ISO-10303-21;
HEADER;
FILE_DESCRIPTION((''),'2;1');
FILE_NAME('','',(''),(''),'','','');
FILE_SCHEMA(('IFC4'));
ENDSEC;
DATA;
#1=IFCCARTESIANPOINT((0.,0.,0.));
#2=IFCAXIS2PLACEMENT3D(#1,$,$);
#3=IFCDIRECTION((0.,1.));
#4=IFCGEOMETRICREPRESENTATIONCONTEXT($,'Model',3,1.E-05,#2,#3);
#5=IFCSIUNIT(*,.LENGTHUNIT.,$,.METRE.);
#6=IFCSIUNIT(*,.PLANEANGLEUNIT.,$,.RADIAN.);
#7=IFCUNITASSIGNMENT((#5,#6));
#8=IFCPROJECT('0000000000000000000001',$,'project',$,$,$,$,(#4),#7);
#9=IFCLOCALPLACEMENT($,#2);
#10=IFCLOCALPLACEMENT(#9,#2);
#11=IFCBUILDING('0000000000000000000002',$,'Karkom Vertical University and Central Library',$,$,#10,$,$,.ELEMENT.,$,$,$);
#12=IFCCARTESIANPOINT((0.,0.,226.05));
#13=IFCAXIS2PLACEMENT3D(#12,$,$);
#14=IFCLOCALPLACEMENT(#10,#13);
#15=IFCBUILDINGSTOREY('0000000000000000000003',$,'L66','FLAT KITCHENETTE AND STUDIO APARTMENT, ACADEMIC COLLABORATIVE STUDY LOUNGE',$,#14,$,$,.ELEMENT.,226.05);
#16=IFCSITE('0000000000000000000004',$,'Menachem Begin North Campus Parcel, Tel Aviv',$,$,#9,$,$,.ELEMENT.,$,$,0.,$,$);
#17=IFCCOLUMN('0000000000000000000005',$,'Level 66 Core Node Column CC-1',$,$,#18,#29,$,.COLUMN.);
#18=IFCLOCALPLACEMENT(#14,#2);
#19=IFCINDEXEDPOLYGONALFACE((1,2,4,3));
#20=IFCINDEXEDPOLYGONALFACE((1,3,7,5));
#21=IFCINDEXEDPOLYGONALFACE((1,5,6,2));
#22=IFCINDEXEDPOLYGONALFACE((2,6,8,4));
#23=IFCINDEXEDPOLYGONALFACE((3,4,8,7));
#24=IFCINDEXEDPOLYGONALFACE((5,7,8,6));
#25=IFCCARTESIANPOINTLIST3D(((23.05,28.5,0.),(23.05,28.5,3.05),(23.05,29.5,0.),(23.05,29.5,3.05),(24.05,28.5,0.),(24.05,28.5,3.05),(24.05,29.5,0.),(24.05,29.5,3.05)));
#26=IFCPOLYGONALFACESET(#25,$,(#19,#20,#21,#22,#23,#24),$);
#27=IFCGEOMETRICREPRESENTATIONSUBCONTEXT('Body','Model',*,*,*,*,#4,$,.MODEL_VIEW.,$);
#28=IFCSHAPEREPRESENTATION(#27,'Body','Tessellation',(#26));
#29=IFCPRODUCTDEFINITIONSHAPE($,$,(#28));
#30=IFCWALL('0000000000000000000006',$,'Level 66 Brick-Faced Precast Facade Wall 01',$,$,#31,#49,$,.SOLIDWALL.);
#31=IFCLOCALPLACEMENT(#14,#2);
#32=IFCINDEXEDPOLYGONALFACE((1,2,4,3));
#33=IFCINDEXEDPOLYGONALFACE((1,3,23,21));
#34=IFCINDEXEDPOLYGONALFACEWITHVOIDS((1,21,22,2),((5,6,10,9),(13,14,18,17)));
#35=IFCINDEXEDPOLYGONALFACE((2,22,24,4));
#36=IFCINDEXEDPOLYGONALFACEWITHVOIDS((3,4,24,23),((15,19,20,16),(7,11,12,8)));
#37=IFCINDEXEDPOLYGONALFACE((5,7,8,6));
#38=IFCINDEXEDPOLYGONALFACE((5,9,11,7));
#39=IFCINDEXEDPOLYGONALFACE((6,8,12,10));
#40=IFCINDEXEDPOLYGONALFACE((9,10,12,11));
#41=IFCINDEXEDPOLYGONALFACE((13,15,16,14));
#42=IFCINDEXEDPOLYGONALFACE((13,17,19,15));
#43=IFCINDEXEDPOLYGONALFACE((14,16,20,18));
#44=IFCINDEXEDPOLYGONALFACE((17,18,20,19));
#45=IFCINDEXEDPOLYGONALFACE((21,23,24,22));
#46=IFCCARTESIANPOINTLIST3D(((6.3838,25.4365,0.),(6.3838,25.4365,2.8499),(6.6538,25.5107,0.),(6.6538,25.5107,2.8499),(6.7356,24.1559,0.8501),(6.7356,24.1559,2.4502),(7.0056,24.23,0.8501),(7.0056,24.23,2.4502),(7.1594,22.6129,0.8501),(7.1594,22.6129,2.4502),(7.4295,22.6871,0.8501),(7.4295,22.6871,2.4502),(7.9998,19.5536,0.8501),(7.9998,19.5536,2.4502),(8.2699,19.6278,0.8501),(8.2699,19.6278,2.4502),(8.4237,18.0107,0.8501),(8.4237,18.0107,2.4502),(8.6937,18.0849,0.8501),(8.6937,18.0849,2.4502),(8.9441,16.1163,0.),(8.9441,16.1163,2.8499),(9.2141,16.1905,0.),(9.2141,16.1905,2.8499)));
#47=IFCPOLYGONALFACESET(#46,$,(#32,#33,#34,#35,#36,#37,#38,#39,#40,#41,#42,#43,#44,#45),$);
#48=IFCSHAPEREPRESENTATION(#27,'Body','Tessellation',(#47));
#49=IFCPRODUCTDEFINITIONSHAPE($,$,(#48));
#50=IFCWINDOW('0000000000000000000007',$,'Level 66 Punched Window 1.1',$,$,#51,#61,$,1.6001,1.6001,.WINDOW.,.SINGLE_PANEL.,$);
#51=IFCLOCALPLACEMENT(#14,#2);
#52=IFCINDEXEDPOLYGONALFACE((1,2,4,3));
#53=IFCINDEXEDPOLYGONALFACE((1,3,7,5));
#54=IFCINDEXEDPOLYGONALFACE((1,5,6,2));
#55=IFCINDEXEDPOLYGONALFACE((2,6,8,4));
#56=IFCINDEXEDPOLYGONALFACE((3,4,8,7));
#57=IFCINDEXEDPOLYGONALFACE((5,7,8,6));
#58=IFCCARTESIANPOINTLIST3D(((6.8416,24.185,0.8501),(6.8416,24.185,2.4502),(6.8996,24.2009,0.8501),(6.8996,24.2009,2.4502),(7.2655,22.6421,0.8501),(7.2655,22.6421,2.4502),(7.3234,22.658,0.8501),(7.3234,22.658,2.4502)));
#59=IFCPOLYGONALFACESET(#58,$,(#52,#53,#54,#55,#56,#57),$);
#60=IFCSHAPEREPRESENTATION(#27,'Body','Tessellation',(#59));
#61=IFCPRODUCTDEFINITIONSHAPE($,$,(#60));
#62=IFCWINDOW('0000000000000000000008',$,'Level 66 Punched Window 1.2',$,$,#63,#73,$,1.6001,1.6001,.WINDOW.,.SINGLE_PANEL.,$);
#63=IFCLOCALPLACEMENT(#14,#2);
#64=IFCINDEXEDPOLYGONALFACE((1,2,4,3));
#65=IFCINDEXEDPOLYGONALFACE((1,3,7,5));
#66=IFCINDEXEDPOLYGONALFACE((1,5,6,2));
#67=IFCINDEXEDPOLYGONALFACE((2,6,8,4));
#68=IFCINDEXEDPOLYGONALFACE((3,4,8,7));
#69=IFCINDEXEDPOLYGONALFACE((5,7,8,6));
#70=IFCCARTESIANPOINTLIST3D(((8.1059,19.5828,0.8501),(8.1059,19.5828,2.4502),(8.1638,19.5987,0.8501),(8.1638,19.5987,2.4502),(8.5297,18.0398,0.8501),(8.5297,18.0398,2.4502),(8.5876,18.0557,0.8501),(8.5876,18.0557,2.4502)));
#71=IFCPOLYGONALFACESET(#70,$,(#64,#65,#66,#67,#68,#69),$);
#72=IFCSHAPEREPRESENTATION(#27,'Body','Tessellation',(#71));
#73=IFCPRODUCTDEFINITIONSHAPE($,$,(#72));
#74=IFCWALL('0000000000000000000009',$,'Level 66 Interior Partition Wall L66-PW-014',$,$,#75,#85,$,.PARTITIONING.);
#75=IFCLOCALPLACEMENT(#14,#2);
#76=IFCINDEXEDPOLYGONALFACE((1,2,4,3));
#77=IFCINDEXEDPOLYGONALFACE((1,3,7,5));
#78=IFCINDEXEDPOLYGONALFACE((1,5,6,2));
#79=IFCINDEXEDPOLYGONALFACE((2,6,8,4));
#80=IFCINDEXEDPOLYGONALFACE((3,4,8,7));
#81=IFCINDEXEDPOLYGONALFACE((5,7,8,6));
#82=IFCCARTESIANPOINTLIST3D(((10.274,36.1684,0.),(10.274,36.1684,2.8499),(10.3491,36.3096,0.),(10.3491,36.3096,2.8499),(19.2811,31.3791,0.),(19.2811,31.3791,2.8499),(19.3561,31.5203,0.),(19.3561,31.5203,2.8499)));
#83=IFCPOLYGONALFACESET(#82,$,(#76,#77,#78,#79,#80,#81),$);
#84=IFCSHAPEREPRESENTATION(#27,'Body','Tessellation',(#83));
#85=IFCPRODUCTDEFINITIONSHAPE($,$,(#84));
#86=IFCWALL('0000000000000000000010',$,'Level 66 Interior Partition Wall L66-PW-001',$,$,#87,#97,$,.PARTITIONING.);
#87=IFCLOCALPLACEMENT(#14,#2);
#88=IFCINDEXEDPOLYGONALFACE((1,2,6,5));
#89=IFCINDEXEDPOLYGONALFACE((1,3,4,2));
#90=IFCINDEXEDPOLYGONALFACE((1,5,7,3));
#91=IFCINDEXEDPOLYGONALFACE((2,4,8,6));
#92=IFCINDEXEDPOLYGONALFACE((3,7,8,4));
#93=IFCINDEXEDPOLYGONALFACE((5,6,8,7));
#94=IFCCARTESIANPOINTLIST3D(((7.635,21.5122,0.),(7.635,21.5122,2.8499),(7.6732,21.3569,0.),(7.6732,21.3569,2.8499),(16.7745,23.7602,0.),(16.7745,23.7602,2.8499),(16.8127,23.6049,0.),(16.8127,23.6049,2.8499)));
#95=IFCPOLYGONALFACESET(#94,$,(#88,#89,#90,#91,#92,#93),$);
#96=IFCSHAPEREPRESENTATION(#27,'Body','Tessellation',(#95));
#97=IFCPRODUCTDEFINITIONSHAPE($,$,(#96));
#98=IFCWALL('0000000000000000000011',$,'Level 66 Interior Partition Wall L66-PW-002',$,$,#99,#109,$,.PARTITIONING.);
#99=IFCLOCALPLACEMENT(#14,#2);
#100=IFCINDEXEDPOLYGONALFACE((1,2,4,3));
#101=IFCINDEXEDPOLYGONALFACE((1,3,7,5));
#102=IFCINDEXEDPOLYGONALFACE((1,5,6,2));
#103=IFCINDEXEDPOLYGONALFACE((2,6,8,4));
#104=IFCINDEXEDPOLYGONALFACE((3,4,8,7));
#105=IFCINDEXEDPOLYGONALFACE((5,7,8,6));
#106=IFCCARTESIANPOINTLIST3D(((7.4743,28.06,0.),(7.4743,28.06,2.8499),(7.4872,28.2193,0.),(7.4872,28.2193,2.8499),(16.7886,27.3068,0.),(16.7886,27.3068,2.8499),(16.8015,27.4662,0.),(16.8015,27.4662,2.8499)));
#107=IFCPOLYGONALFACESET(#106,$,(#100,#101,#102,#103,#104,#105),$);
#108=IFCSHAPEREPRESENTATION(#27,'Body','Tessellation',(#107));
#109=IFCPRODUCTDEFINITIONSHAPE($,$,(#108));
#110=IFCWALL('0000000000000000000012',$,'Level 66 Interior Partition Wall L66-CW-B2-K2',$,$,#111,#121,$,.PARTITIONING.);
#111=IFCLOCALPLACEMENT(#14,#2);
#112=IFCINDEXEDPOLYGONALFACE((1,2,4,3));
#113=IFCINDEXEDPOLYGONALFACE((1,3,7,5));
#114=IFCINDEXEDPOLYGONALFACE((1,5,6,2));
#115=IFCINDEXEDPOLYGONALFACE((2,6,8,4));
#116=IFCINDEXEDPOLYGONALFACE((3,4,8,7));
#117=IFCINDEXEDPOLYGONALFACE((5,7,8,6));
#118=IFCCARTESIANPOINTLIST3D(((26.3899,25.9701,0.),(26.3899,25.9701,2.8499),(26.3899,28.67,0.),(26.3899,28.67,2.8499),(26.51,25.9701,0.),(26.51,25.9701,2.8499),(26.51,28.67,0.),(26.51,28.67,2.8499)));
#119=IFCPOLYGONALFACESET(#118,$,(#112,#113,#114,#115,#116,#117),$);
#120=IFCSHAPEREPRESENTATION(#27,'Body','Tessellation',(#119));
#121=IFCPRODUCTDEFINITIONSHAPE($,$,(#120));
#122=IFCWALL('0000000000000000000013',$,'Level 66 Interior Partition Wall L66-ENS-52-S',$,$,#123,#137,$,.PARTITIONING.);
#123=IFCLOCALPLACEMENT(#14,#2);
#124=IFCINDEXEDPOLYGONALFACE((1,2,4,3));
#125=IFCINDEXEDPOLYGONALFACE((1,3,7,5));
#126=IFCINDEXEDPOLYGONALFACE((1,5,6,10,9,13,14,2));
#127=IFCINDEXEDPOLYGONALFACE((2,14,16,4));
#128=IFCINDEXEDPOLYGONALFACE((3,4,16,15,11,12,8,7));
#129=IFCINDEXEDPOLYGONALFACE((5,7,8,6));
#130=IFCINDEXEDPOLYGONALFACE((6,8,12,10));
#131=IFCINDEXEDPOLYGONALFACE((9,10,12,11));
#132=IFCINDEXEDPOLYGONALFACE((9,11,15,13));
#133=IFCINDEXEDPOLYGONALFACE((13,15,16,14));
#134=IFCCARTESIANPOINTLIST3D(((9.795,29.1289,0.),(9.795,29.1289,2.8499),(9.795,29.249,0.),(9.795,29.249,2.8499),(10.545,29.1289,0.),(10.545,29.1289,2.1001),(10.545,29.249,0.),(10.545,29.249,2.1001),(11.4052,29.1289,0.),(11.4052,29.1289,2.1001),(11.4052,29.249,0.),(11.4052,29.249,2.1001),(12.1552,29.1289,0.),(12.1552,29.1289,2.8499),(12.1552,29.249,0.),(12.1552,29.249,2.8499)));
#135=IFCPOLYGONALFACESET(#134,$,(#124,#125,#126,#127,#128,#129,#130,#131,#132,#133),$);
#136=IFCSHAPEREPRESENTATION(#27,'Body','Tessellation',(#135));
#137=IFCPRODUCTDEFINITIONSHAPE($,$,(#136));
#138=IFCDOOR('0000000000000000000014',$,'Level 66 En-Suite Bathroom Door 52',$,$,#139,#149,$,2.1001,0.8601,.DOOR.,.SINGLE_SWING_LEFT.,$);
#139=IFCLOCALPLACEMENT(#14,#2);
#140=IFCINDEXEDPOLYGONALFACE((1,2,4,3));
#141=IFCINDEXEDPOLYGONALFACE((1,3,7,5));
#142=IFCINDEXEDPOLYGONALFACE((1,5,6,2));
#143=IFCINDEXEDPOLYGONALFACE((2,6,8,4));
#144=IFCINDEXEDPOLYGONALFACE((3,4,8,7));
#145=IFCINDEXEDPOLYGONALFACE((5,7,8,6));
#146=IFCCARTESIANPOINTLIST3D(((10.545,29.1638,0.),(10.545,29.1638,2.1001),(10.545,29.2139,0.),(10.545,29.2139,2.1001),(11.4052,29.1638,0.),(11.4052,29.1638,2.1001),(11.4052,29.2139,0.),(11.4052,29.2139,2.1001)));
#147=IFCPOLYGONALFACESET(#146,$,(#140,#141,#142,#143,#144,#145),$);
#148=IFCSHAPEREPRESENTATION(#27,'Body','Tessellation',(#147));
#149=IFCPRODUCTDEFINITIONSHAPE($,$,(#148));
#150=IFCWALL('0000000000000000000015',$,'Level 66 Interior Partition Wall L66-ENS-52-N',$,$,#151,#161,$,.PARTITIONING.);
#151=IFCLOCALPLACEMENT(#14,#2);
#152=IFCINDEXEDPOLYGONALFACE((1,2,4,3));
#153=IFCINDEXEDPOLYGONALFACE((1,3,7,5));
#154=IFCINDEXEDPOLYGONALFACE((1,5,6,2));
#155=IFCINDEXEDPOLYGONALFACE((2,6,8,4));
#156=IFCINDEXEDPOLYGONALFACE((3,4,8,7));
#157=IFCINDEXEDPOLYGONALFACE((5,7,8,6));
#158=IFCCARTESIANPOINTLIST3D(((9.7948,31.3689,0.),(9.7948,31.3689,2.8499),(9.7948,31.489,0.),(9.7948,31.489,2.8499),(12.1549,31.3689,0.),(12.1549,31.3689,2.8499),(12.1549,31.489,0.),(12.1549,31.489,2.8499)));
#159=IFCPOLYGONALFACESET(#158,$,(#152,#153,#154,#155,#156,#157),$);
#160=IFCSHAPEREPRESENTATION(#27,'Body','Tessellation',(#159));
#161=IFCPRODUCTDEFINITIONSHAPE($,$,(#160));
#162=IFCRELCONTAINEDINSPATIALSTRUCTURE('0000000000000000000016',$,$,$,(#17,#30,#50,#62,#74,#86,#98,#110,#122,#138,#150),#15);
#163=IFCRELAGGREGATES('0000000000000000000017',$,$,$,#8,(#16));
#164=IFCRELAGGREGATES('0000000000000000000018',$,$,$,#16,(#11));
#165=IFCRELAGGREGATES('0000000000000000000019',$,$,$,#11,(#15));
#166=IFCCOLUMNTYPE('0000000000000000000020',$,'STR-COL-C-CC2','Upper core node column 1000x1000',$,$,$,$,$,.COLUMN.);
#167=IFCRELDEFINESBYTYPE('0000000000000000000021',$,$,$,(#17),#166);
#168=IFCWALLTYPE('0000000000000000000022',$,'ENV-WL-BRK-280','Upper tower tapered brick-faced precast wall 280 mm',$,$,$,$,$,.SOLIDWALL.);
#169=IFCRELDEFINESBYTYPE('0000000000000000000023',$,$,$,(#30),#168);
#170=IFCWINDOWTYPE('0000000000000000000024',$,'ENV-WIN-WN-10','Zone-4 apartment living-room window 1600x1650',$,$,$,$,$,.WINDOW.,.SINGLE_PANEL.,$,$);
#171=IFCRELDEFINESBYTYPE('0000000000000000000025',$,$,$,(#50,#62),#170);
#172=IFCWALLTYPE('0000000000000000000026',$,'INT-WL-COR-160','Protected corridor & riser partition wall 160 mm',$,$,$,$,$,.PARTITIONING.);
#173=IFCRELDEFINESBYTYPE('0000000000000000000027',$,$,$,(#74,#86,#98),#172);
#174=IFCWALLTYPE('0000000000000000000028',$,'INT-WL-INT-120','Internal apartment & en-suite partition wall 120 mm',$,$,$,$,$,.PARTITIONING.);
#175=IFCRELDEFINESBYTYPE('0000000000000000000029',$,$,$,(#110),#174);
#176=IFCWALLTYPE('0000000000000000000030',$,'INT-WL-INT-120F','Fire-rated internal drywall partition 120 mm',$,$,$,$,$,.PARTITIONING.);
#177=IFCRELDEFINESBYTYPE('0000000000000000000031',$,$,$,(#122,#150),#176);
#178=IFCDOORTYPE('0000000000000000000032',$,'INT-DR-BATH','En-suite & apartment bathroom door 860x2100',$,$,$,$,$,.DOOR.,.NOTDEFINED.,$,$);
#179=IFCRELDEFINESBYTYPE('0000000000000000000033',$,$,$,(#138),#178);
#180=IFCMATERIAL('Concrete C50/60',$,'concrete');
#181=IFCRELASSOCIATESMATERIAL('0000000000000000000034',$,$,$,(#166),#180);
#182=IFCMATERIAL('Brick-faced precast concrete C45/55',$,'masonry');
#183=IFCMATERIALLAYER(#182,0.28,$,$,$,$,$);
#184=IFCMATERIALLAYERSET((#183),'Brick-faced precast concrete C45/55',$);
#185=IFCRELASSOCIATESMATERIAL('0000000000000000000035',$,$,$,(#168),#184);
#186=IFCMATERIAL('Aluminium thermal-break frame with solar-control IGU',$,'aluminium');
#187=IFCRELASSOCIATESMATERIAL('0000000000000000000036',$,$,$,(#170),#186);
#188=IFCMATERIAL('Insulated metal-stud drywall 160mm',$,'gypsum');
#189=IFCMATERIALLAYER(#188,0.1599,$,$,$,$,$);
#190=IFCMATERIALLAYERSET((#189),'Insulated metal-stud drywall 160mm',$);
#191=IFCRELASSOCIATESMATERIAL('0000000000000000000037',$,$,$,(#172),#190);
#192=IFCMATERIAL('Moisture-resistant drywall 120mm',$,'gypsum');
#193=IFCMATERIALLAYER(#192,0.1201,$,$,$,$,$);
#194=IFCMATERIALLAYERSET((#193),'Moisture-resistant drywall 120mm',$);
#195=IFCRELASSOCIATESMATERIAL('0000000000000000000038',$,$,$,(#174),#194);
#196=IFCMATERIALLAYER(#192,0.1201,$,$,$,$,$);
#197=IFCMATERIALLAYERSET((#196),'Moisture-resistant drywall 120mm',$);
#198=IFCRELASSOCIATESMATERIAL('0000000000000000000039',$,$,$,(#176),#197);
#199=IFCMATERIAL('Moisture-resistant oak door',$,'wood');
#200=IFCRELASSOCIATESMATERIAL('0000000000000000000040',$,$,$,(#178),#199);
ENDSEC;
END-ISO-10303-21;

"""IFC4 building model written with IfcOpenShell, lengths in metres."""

from ifc_helpers import new_model, si_unit, direction, frame, frame_2d, origin, origin_with_axes, origin_2d, place, context, subcontext, project, spatial, rectangle, extrude, source, transform, mapped, material, layer, layer_set, material_profile, profile_set, type_object, element, fill, save


model = new_model("IFC4")

# Units and contexts
model_context = context("Model", 3, precision=1e-05, world=origin(), true_north=direction((0.0, 1.0)))
body_context = subcontext(model_context, "Body", "Model", "MODEL_VIEW")
ifc_project = project(units=[si_unit("LENGTHUNIT", "METRE"), si_unit("PLANEANGLEUNIT", "RADIAN")], contexts=[model_context])

# Site, building, storey
site_placement = place(None, origin())
site = spatial("IfcSite", under=ifc_project, at=site_placement, Name="Menachem Begin North Campus Parcel, Tel Aviv", CompositionType="ELEMENT", RefElevation=0.0)
building_placement = place(site_placement, origin())
building = spatial("IfcBuilding", under=site, at=building_placement, Name="Karkom Vertical University and Central Library", CompositionType="ELEMENT")
storey_placement = place(building_placement, frame((0.0, 0.0, 226.05)))
storey = spatial("IfcBuildingStorey", under=building, at=storey_placement, Name="L66", Description="FLAT KITCHENETTE AND STUDIO APARTMENT, ACADEMIC COLLABORATIVE STUDY LOUNGE", CompositionType="ELEMENT", Elevation=226.05)

# Column
ifc_material_1 = material(Name="Concrete C50/60", Category="concrete")
ifc_material_profile = material_profile(ifc_material_1, rectangle(XDim=1.0, YDim=1.0, at=origin_2d()), Name="RC-1000x1000")
ifc_profile_set = profile_set([ifc_material_profile], Name="Concrete C50/60")
column_type = type_object("IfcColumnType", Name="STR-COL-C-CC2", Description="Upper core node column 1000x1000", PredefinedType="COLUMN", material=ifc_profile_set)
shared_shape_1 = source(origin_with_axes(), body_context, "Body", "SweptSolid", [
    extrude(rectangle(XDim=1.0, YDim=1.0, at=origin_2d()), origin(), (0.0, 0.0, 1.0), 3.05),
])
column_placement = place(storey_placement, frame((23.55, 29.0, 0.0), z_axis=(0.0, 0.0, 1.0), x_axis=(1.0, 0.0, 0.0)))
element("IfcColumn", 1, at=column_placement, inside=storey, type_object=column_type, Name="Level 66 Core Node Column CC-1", PredefinedType="COLUMN", context=body_context, shape_type="MappedRepresentation", body=[
    mapped(shared_shape_1, transform((0.0, 0.0, 0.0), scale=1.0)),
])

# Wall, openings, windows
ifc_material_2 = material(Name="Brick-faced precast concrete C45/55", Category="masonry")
ifc_layer_1 = layer(ifc_material_2, 0.28)
ifc_layer_set_1 = layer_set([ifc_layer_1], Name="Brick-faced precast concrete C45/55")
wall_type_1 = type_object("IfcWallType", Name="ENV-WL-BRK-280", Description="Upper tower tapered brick-faced precast wall 280 mm", PredefinedType="SOLIDWALL", material=ifc_layer_set_1)
wall_1_placement = place(storey_placement, frame((6.5188, 25.4736, 0.0), z_axis=(0.0, 0.0, 1.0), x_axis=(0.264889, -0.964279, 0.0)))
wall_1 = element("IfcWall", 2, at=wall_1_placement, inside=storey, type_object=wall_type_1, Name="Level 66 Brick-Faced Precast Facade Wall 01", PredefinedType="SOLIDWALL", context=body_context, shape_type="SweptSolid", body=[
    extrude(rectangle(XDim=9.6655, YDim=0.28, at=frame_2d((4.8328, 0.0))), origin(), (0.0, 0.0, 1.0), 2.8499),
])
opening_1_placement = place(wall_1_placement, frame((1.3281, 0.0, 0.8501)))
opening_1 = element("IfcOpeningElement", 3, at=opening_1_placement, cuts=wall_1, PredefinedType="OPENING", context=body_context, shape_type="SweptSolid", body=[
    extrude(rectangle(XDim=1.6001, YDim=1.6001, at=frame_2d((0.8, 0.8))), frame((0.0, 0.1499, 0.0), z_axis=(0.0, -1.0, 0.0), x_axis=(1.0, 0.0, 0.0)), (0.0, 0.0, 1.0), 0.3),
])
opening_2_placement = place(wall_1_placement, frame((6.1008, 0.0, 0.8501)))
opening_2 = element("IfcOpeningElement", 4, at=opening_2_placement, cuts=wall_1, PredefinedType="OPENING", context=body_context, shape_type="SweptSolid", body=[
    extrude(rectangle(XDim=1.6001, YDim=1.6001, at=frame_2d((0.8, 0.8))), frame((0.0, 0.1499, 0.0), z_axis=(0.0, -1.0, 0.0), x_axis=(1.0, 0.0, 0.0)), (0.0, 0.0, 1.0), 0.3),
])
ifc_material_3 = material(Name="Aluminium thermal-break frame with solar-control IGU", Category="aluminium")
window_type = type_object("IfcWindowType", Name="ENV-WIN-WN-10", Description="Zone-4 apartment living-room window 1600x1650", PartitioningType="SINGLE_PANEL", PredefinedType="WINDOW", material=ifc_material_3)
shared_shape_2 = source(origin_with_axes(), body_context, "Body", "SweptSolid", [
    extrude(rectangle(XDim=1.6001, YDim=1.6001, at=frame_2d((0.8, 0.8))), frame((0.0, 0.03, 0.0), z_axis=(0.0, -1.0, 0.0), x_axis=(1.0, 0.0, 0.0)), (0.0, 0.0, 1.0), 0.0601),
])
window_1_placement = place(opening_1_placement, origin())
window_1 = element("IfcWindow", 5, at=window_1_placement, inside=storey, type_object=window_type, Name="Level 66 Punched Window 1.1", OverallHeight=1.6001, OverallWidth=1.6001, PartitioningType="SINGLE_PANEL", PredefinedType="WINDOW", context=body_context, shape_type="MappedRepresentation", body=[
    mapped(shared_shape_2, transform((0.0, 0.0, 0.0), scale=1.0)),
])
fill(opening_1, window_1)
window_2_placement = place(opening_2_placement, origin())
window_2 = element("IfcWindow", 6, at=window_2_placement, inside=storey, type_object=window_type, Name="Level 66 Punched Window 1.2", OverallHeight=1.6001, OverallWidth=1.6001, PartitioningType="SINGLE_PANEL", PredefinedType="WINDOW", context=body_context, shape_type="MappedRepresentation", body=[
    mapped(shared_shape_2, transform((0.0, 0.0, 0.0), scale=1.0)),
])
fill(opening_2, window_2)

# Walls
ifc_material_4 = material(Name="Insulated metal-stud drywall 160mm", Category="gypsum")
ifc_layer_2 = layer(ifc_material_4, 0.1599)
ifc_layer_set_2 = layer_set([ifc_layer_2], Name="Insulated metal-stud drywall 160mm")
wall_type_2 = type_object("IfcWallType", Name="INT-WL-COR-160", Description="Protected corridor & riser partition wall 160 mm", PredefinedType="PARTITIONING", material=ifc_layer_set_2)
wall_2_placement = place(storey_placement, frame((19.3186, 31.4497, 0.0), z_axis=(0.0, 0.0, 1.0), x_axis=(-0.882941, 0.469484, 0.0)))
element("IfcWall", 7, at=wall_2_placement, inside=storey, type_object=wall_type_2, Name="Level 66 Interior Partition Wall L66-PW-014", PredefinedType="PARTITIONING", context=body_context, shape_type="SweptSolid", body=[
    extrude(rectangle(XDim=10.2012, YDim=0.1599, at=frame_2d((5.1006, 0.0))), origin(), (0.0, 0.0, 1.0), 2.8499),
])
wall_3_placement = place(storey_placement, frame((16.7937, 23.6826, 0.0), z_axis=(0.0, 0.0, 1.0), x_axis=(-0.971056, -0.238853, 0.0)))
element("IfcWall", 8, at=wall_3_placement, inside=storey, type_object=wall_type_2, Name="Level 66 Interior Partition Wall L66-PW-001", PredefinedType="PARTITIONING", context=body_context, shape_type="SweptSolid", body=[
    extrude(rectangle(XDim=9.4119, YDim=0.1599, at=frame_2d((4.7061, 0.0))), origin(), (0.0, 0.0, 1.0), 2.8499),
])
wall_4_placement = place(storey_placement, frame((7.4807, 28.1396, 0.0), z_axis=(0.0, 0.0, 1.0), x_axis=(0.996747, -0.0806, 0.0)))
element("IfcWall", 9, at=wall_4_placement, inside=storey, type_object=wall_type_2, Name="Level 66 Interior Partition Wall L66-PW-002", PredefinedType="PARTITIONING", context=body_context, shape_type="SweptSolid", body=[
    extrude(rectangle(XDim=9.3447, YDim=0.1599, at=frame_2d((4.6724, 0.0))), origin(), (0.0, 0.0, 1.0), 2.8499),
])
ifc_material_5 = material(Name="Moisture-resistant drywall 120mm", Category="gypsum")
ifc_layer_3 = layer(ifc_material_5, 0.1201)
ifc_layer_set_3 = layer_set([ifc_layer_3], Name="Moisture-resistant drywall 120mm")
wall_type_3 = type_object("IfcWallType", Name="INT-WL-INT-120", Description="Internal apartment & en-suite partition wall 120 mm", PredefinedType="PARTITIONING", material=ifc_layer_set_3)
wall_5_placement = place(storey_placement, frame((26.45, 25.97, 0.0), z_axis=(0.0, 0.0, 1.0), x_axis=(0.0, 1.0, 0.0)))
element("IfcWall", 10, at=wall_5_placement, inside=storey, type_object=wall_type_3, Name="Level 66 Interior Partition Wall L66-CW-B2-K2", PredefinedType="PARTITIONING", context=body_context, shape_type="SweptSolid", body=[
    extrude(rectangle(XDim=2.7, YDim=0.1201, at=frame_2d((1.3501, 0.0))), origin(), (0.0, 0.0, 1.0), 2.8499),
])

# Wall, opening, door
ifc_layer_4 = layer(ifc_material_5, 0.1201)
ifc_layer_set_4 = layer_set([ifc_layer_4], Name="Moisture-resistant drywall 120mm")
wall_type_4 = type_object("IfcWallType", Name="INT-WL-INT-120F", Description="Fire-rated internal drywall partition 120 mm", PredefinedType="PARTITIONING", material=ifc_layer_set_4)
wall_6_placement = place(storey_placement, frame((9.7949, 29.189, 0.0), z_axis=(0.0, 0.0, 1.0), x_axis=(1.0, 0.0, 0.0)))
wall_6 = element("IfcWall", 11, at=wall_6_placement, inside=storey, type_object=wall_type_4, Name="Level 66 Interior Partition Wall L66-ENS-52-S", PredefinedType="PARTITIONING", context=body_context, shape_type="SweptSolid", body=[
    extrude(rectangle(XDim=2.3601, YDim=0.1201, at=frame_2d((1.1802, 0.0))), origin(), (0.0, 0.0, 1.0), 2.8499),
])
opening_3_placement = place(wall_6_placement, frame((0.75, 0.0, 0.0)))
opening_3 = element("IfcOpeningElement", 12, at=opening_3_placement, cuts=wall_6, PredefinedType="OPENING", context=body_context, shape_type="SweptSolid", body=[
    extrude(rectangle(XDim=0.8601, YDim=2.1001, at=frame_2d((0.4302, 1.05))), frame((0.0, 0.0701, 0.0), z_axis=(0.0, -1.0, 0.0), x_axis=(1.0, 0.0, 0.0)), (0.0, 0.0, 1.0), 0.1401),
])
ifc_material_6 = material(Name="Moisture-resistant oak door", Category="wood")
door_type_1 = type_object("IfcDoorType", Name="INT-DR-BATH", Description="En-suite & apartment bathroom door 860x2100", OperationType="NOTDEFINED", PredefinedType="DOOR", material=ifc_material_6)
shared_shape_3 = source(origin_with_axes(), body_context, "Body", "SweptSolid", [
    extrude(rectangle(XDim=0.8601, YDim=2.1001, at=frame_2d((0.4302, 1.05))), frame((0.0, 0.0249, 0.0), z_axis=(0.0, -1.0, 0.0), x_axis=(1.0, 0.0, 0.0)), (0.0, 0.0, 1.0), 0.05),
])
door_1_placement = place(opening_3_placement, origin())
door_1 = element("IfcDoor", 13, at=door_1_placement, inside=storey, type_object=door_type_1, Name="Level 66 En-Suite Bathroom Door 52", OperationType="SINGLE_SWING_LEFT", OverallHeight=2.1001, OverallWidth=0.8601, PredefinedType="DOOR", context=body_context, shape_type="MappedRepresentation", body=[
    mapped(shared_shape_3, transform((0.0, 0.0, 0.0), scale=1.0)),
])
fill(opening_3, door_1)

# Wall
wall_7_placement = place(storey_placement, frame((12.155, 31.429, 0.0), z_axis=(0.0, 0.0, 1.0), x_axis=(-1.0, 0.0, 0.0)))
element("IfcWall", 14, at=wall_7_placement, inside=storey, type_object=wall_type_4, Name="Level 66 Interior Partition Wall L66-ENS-52-N", PredefinedType="PARTITIONING", context=body_context, shape_type="SweptSolid", body=[
    extrude(rectangle(XDim=2.3601, YDim=0.1201, at=frame_2d((1.1802, 0.0))), origin(), (0.0, 0.0, 1.0), 2.8499),
])

save(model, "model.ifc")
